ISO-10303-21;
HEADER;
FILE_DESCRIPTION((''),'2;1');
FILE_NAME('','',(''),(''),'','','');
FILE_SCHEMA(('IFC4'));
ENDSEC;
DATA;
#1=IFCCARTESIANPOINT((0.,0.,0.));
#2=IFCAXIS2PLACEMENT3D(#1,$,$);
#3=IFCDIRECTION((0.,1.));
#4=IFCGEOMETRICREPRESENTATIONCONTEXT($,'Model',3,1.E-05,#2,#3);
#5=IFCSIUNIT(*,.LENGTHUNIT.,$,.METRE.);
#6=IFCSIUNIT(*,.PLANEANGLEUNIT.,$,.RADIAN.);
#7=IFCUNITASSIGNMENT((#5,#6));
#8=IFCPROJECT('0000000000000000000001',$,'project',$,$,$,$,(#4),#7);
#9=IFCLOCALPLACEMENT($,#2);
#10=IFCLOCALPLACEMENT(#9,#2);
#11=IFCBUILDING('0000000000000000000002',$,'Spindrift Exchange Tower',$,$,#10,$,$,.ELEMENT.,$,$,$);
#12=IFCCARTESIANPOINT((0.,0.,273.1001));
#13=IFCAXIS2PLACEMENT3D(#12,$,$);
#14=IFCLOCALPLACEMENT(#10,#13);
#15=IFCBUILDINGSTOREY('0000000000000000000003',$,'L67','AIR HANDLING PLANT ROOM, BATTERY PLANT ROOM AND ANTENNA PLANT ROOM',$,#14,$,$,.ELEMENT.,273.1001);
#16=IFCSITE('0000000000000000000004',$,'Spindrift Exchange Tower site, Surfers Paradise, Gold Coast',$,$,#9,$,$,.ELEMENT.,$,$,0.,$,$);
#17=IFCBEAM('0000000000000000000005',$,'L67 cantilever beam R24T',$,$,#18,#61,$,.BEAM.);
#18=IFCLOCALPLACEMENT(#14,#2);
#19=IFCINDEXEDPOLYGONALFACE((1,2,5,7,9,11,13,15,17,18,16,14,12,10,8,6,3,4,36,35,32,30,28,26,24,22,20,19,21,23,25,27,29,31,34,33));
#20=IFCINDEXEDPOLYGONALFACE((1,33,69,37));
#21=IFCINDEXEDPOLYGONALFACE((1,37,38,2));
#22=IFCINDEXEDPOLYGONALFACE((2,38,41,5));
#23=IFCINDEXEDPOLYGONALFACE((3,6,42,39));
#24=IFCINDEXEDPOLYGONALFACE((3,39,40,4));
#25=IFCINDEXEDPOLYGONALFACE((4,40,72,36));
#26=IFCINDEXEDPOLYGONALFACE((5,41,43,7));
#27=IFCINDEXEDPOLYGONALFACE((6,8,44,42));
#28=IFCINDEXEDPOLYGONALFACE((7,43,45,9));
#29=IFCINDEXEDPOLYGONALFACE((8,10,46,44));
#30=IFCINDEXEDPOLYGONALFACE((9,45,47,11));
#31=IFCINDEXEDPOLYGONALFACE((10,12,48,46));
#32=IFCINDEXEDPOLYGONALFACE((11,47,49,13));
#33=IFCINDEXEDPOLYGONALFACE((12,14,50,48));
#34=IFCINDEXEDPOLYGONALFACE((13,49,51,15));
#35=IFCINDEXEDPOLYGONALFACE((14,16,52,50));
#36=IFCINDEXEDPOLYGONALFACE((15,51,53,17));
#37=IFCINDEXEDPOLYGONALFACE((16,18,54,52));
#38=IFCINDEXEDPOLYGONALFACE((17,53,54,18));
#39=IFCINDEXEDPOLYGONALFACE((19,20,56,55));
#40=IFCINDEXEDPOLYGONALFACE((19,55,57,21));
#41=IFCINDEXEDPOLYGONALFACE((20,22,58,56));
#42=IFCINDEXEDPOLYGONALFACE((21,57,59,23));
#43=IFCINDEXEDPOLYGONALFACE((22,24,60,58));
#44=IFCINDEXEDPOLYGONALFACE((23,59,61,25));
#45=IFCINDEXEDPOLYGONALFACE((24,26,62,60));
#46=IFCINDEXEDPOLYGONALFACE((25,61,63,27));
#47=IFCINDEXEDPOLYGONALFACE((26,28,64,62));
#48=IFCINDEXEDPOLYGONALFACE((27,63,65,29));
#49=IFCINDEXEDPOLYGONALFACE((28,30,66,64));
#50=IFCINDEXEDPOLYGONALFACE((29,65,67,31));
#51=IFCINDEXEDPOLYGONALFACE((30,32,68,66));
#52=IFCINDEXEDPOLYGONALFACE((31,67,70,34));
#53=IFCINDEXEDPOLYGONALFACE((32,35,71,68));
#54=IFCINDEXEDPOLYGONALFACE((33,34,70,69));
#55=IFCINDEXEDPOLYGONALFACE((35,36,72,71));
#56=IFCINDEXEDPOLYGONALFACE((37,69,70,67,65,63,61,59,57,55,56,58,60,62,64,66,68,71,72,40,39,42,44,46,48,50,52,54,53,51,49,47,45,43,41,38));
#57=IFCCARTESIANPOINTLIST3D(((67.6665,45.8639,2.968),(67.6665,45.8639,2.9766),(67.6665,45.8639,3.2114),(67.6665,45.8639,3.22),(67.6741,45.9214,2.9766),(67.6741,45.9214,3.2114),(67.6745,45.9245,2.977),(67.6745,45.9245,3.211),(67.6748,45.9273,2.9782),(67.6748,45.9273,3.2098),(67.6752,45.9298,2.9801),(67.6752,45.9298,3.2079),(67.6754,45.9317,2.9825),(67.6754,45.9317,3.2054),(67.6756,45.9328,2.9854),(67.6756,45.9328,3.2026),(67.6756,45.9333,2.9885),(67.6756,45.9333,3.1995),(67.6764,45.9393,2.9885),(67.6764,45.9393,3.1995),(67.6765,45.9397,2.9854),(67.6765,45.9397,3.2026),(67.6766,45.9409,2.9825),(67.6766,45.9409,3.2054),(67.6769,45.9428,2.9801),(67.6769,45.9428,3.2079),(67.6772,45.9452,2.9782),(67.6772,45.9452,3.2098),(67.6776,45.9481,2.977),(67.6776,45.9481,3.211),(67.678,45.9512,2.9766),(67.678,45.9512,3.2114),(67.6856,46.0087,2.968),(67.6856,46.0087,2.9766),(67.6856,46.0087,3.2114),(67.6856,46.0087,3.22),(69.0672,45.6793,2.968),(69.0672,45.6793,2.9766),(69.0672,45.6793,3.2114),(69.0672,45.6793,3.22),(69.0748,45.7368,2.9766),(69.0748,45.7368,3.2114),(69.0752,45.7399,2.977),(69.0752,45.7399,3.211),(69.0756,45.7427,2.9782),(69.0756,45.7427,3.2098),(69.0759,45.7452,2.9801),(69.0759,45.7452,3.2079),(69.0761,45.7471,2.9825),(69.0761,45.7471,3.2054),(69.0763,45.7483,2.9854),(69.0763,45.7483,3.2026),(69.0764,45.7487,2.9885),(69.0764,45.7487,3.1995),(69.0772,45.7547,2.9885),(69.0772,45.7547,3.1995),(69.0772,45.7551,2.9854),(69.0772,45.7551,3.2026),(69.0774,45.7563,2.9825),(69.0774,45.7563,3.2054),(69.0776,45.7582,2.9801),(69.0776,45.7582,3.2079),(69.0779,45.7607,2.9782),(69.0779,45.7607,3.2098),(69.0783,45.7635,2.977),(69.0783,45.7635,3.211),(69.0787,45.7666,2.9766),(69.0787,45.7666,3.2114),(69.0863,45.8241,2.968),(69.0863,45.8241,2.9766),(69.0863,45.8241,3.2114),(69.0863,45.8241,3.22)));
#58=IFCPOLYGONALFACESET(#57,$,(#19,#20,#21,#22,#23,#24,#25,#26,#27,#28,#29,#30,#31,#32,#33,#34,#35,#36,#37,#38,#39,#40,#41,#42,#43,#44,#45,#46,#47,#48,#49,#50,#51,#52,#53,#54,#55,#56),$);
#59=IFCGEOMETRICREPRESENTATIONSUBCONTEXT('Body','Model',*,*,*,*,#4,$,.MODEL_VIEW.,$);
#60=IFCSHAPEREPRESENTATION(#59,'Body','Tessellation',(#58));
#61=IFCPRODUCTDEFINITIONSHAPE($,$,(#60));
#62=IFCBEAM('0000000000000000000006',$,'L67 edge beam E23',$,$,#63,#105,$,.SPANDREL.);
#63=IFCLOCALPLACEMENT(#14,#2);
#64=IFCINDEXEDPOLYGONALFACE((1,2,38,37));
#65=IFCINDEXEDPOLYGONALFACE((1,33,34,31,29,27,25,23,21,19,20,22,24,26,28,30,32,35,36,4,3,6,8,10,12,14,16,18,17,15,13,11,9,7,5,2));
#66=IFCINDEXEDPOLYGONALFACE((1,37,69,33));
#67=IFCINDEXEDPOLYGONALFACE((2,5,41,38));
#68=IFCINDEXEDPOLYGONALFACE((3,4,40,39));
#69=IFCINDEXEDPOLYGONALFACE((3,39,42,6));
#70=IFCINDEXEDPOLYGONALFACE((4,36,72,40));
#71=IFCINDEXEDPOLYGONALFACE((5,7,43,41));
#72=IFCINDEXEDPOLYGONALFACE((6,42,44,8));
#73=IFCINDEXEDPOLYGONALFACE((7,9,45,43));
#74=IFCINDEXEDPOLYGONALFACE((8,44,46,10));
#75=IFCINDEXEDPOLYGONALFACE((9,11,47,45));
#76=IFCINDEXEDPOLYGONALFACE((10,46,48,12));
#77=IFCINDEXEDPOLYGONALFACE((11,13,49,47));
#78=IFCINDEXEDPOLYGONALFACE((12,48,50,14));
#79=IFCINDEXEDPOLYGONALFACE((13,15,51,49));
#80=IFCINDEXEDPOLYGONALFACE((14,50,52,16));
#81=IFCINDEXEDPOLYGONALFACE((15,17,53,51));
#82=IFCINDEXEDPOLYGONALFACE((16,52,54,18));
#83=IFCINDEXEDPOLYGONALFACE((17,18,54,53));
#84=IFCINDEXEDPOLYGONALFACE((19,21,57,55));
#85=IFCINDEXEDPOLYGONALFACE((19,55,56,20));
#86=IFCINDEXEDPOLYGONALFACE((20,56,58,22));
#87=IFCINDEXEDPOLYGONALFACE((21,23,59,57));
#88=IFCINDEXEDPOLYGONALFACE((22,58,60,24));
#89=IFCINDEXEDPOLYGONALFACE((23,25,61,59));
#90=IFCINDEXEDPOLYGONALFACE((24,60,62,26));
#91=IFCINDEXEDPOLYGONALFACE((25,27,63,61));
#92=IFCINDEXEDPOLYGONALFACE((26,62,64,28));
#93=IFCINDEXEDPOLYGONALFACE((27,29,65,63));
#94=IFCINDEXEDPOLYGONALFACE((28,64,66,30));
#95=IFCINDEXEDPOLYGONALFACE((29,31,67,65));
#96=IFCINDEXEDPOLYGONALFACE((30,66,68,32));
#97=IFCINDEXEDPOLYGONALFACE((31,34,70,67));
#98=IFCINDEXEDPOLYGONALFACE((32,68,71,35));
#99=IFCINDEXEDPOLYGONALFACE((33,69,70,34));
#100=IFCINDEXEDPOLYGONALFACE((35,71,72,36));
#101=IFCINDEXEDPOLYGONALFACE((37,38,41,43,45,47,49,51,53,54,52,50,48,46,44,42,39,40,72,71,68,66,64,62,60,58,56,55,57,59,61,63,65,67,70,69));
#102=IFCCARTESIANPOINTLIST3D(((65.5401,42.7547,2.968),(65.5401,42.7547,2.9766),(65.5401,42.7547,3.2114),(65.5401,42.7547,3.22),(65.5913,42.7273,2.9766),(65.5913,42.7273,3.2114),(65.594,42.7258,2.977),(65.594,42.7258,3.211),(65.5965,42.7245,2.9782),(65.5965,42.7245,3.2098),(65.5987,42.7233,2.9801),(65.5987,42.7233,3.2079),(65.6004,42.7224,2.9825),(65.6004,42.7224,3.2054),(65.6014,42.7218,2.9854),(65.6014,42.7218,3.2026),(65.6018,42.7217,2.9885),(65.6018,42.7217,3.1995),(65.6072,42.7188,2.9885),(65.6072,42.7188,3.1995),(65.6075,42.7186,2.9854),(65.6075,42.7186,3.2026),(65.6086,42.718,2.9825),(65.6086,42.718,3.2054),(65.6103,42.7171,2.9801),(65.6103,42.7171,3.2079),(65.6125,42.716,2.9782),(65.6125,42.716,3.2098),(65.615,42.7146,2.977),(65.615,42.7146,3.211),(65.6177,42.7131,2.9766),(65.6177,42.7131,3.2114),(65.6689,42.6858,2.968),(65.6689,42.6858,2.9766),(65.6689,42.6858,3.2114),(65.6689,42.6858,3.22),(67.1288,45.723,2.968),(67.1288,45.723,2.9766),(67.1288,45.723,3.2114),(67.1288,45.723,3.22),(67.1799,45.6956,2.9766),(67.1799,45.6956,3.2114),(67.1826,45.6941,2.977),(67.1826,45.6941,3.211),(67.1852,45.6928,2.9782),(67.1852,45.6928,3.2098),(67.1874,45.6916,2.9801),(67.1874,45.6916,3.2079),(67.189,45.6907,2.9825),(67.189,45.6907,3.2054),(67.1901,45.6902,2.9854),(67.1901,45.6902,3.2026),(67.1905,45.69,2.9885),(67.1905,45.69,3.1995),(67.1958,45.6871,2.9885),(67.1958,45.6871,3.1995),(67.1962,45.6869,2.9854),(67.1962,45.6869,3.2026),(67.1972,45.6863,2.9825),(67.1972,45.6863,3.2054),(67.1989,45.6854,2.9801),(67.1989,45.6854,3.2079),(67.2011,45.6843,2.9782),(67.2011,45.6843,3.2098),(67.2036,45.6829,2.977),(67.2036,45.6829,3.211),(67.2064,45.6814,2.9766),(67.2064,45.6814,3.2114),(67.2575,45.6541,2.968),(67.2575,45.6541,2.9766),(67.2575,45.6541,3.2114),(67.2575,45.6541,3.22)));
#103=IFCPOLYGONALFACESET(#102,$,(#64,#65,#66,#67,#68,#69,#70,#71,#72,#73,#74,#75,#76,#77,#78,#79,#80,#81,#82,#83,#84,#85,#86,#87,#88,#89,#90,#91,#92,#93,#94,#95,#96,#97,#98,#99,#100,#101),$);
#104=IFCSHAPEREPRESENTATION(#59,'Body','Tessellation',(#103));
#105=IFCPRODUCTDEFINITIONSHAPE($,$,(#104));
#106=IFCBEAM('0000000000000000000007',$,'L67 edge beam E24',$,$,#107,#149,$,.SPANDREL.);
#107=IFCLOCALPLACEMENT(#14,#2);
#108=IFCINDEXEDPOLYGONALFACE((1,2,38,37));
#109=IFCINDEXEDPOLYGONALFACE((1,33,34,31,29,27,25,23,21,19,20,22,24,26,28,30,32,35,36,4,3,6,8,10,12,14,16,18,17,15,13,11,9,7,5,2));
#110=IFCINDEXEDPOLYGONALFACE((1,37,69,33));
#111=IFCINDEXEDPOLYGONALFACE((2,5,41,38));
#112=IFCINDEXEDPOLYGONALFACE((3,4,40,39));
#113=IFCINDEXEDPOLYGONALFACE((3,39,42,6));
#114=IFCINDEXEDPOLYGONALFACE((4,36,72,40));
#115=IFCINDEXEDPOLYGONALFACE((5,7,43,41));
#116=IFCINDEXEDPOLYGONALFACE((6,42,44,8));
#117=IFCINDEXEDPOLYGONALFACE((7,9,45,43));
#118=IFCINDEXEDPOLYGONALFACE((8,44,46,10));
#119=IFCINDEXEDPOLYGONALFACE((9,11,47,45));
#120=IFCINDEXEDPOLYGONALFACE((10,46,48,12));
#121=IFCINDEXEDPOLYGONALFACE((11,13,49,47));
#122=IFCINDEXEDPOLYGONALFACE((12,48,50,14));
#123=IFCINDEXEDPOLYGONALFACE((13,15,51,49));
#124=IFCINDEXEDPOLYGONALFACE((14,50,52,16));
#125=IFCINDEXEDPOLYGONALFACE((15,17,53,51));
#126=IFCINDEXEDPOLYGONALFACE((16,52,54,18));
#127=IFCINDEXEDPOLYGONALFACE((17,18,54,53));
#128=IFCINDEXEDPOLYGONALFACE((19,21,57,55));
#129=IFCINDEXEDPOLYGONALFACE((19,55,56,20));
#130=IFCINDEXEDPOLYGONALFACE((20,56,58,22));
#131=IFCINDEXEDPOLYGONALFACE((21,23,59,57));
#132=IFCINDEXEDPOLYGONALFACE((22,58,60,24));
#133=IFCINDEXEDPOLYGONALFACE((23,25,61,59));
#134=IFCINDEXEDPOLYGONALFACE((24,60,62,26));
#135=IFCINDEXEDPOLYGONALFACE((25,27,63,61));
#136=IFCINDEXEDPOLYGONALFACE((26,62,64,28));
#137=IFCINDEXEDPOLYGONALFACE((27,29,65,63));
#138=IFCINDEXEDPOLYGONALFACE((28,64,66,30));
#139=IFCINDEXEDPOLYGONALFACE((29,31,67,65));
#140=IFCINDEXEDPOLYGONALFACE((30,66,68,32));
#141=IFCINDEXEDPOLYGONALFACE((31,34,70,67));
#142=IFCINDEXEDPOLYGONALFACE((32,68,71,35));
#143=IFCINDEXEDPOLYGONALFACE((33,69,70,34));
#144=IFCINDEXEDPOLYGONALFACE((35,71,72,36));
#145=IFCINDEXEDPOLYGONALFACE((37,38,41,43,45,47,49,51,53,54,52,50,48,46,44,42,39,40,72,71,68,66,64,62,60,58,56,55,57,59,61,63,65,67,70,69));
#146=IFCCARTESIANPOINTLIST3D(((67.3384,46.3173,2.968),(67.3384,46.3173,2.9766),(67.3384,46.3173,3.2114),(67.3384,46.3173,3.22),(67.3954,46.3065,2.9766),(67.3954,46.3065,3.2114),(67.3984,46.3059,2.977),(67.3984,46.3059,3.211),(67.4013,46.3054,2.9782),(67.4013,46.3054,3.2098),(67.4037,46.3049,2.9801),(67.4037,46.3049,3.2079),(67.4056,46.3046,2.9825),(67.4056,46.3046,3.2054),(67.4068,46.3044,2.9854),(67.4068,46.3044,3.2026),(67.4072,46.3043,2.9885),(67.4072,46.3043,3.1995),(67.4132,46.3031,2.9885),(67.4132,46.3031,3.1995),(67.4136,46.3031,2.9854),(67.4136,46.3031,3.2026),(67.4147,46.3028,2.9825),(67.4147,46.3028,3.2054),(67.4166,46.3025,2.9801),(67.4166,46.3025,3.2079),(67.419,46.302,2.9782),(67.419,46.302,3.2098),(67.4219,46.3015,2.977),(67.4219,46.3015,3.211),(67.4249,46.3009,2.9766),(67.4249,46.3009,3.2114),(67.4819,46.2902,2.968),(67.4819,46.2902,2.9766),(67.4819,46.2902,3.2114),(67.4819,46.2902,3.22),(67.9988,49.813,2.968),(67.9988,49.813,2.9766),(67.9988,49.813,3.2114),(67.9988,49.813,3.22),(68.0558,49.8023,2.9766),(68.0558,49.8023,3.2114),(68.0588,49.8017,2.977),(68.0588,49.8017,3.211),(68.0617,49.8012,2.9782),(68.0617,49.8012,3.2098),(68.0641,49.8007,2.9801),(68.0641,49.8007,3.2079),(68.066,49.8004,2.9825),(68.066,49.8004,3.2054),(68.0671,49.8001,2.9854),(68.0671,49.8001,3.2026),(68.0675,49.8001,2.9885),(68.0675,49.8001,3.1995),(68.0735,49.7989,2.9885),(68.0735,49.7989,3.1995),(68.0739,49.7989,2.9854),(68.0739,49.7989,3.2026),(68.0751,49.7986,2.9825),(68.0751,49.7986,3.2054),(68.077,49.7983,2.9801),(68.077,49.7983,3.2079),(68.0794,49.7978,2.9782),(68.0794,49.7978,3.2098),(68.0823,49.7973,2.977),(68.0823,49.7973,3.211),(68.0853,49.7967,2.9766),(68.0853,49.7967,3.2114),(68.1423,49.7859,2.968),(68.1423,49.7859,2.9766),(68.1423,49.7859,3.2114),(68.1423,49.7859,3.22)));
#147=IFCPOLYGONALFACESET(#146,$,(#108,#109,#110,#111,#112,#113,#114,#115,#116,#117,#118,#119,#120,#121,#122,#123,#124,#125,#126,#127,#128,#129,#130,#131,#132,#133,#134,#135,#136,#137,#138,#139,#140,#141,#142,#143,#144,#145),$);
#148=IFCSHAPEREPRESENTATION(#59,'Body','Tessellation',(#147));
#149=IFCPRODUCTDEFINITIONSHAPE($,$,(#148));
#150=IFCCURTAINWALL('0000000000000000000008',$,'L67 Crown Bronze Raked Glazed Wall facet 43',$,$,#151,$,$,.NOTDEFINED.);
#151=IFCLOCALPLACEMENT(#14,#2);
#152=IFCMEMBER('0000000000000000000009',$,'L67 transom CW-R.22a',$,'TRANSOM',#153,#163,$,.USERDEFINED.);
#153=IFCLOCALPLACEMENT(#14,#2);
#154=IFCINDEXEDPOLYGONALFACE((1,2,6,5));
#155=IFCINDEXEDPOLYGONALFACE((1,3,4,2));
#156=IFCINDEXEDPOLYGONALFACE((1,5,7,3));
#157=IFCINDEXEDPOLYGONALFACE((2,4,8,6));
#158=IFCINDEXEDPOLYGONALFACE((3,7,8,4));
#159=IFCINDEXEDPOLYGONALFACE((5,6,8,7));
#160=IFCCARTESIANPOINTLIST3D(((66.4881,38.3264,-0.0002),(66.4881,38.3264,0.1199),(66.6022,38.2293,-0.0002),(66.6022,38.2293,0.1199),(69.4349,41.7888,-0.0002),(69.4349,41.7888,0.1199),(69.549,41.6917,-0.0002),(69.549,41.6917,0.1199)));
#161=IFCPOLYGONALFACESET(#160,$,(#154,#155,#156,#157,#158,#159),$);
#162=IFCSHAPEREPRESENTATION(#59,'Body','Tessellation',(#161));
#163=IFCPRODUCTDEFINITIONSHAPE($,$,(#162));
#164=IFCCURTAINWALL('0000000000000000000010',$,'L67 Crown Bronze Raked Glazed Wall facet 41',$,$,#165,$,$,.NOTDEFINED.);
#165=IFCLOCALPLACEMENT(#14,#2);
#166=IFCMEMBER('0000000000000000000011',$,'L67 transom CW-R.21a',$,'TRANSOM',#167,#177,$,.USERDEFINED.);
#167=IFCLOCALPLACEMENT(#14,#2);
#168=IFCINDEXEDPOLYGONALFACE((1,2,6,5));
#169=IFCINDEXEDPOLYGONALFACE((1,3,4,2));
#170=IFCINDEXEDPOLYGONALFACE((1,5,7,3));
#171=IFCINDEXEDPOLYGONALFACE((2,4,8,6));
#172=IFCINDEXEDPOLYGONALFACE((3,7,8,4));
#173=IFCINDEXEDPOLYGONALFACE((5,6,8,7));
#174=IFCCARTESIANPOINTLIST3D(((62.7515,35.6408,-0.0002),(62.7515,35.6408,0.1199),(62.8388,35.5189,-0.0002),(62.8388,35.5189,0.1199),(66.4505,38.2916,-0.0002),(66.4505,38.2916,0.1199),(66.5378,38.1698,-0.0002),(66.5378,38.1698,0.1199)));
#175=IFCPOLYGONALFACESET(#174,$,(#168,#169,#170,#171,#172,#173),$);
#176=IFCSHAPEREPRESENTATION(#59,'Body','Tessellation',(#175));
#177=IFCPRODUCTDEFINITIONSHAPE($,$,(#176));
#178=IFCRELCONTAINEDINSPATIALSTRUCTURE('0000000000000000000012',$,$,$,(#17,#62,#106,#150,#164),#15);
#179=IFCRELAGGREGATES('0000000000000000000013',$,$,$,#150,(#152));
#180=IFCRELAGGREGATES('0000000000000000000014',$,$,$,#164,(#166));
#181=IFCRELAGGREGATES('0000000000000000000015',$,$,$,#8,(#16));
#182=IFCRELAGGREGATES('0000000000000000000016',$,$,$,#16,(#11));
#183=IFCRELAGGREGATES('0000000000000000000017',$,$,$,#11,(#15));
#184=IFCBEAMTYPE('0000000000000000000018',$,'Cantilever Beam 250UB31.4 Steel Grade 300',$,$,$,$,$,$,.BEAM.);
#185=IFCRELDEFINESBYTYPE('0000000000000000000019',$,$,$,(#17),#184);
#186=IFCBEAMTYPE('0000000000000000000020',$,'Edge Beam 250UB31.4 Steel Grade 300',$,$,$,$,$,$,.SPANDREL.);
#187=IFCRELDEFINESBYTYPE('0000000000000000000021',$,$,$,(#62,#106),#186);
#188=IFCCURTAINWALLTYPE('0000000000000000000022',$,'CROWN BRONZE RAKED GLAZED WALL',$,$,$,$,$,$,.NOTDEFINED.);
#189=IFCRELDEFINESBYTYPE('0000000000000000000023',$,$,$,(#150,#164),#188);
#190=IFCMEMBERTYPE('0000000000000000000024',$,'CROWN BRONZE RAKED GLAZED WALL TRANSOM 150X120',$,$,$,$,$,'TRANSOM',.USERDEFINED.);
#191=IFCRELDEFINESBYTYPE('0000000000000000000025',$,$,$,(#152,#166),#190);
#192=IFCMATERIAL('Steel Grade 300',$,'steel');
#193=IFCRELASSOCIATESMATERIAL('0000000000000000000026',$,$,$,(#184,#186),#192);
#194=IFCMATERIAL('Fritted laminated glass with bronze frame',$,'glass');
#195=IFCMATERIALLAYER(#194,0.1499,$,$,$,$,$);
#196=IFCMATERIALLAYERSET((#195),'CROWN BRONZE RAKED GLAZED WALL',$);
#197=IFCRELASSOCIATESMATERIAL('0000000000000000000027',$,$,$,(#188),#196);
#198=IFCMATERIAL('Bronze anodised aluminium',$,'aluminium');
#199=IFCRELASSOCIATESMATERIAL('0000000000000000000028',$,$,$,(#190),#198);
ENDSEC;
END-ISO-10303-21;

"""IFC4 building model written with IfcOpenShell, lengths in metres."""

from ifc_helpers import new_model, si_unit, direction, frame, origin, origin_2d, place, context, subcontext, project, spatial, rectangle, i_section, extrude, source, transform, mapped, material, layer, layer_set, material_profile, profile_set, type_object, element, aggregate, save


model = new_model("IFC4")

# Units and contexts
model_context = context("Model", 3, precision=1e-05, world=origin(), true_north=direction((0.0, 1.0)))
body_context = subcontext(model_context, "Body", "Model", "MODEL_VIEW")
ifc_project = project(units=[si_unit("LENGTHUNIT", "METRE"), si_unit("PLANEANGLEUNIT", "RADIAN")], contexts=[model_context])

# Site, building, storey
site_placement = place(None, origin())
site = spatial("IfcSite", under=ifc_project, at=site_placement, Name="Spindrift Exchange Tower site, Surfers Paradise, Gold Coast", CompositionType="ELEMENT", RefElevation=0.0)
building_placement = place(site_placement, origin())
building = spatial("IfcBuilding", under=site, at=building_placement, Name="Spindrift Exchange Tower", CompositionType="ELEMENT")
storey_placement = place(building_placement, frame((0.0, 0.0, 273.1001)))
storey = spatial("IfcBuildingStorey", under=building, at=storey_placement, Name="L67", Description="AIR HANDLING PLANT ROOM, BATTERY PLANT ROOM AND ANTENNA PLANT ROOM", CompositionType="ELEMENT", Elevation=273.1001)

# Beams
ifc_material_1 = material(Name="Steel Grade 300", Category="steel")
ifc_material_profile_1 = material_profile(ifc_material_1, i_section(OverallWidth=0.146, OverallDepth=0.252, WebThickness=0.0061, FlangeThickness=0.0085, FilletRadius=0.012, at=origin_2d()), Name="250UB31.4")
ifc_profile_set_1 = profile_set([ifc_material_profile_1], Name="Steel Grade 300")
beam_type_1 = type_object("IfcBeamType", Name="Cantilever Beam 250UB31.4 Steel Grade 300", PredefinedType="BEAM", material=ifc_profile_set_1)
shared_shape_1 = source(origin(), body_context, "Body", "SweptSolid", [
    extrude(i_section(OverallWidth=0.146, OverallDepth=0.252, WebThickness=0.0061, FlangeThickness=0.0085, FilletRadius=0.012, at=origin_2d()), origin(), (0.0, 0.0, 1.0), 1.4128),
])
beam_1_placement = place(storey_placement, frame((67.676, 45.9363, 3.094), z_axis=(0.991429, -0.130647, 0.0), x_axis=(0.130647, 0.991429, 0.0)))
element("IfcBeam", 1, at=beam_1_placement, inside=storey, type_object=beam_type_1, Name="L67 cantilever beam R24T", PredefinedType="BEAM", context=body_context, shape_type="MappedRepresentation", body=[
    mapped(shared_shape_1, transform((0.0, 0.0, 0.0), scale=1.0)),
])
ifc_material_profile_2 = material_profile(ifc_material_1, i_section(OverallWidth=0.146, OverallDepth=0.252, WebThickness=0.0061, FlangeThickness=0.0085, FilletRadius=0.012, at=origin_2d()), Name="250UB31.4")
ifc_profile_set_2 = profile_set([ifc_material_profile_2], Name="Steel Grade 300")
beam_type_2 = type_object("IfcBeamType", Name="Edge Beam 250UB31.4 Steel Grade 300", PredefinedType="SPANDREL", material=ifc_profile_set_2)
shared_shape_2 = source(origin(), body_context, "Body", "SweptSolid", [
    extrude(i_section(OverallWidth=0.146, OverallDepth=0.252, WebThickness=0.0061, FlangeThickness=0.0085, FilletRadius=0.012, at=origin_2d()), origin(), (0.0, 0.0, 1.0), 3.3667),
])
beam_2_placement = place(storey_placement, frame((65.6045, 42.7202, 3.094), z_axis=(0.471871, 0.881667, 0.0), x_axis=(-0.881667, 0.471871, 0.0)))
element("IfcBeam", 2, at=beam_2_placement, inside=storey, type_object=beam_type_2, Name="L67 edge beam E23", PredefinedType="SPANDREL", context=body_context, shape_type="MappedRepresentation", body=[
    mapped(shared_shape_2, transform((0.0, 0.0, 0.0), scale=1.0)),
])
shared_shape_3 = source(origin(), body_context, "Body", "SweptSolid", [
    extrude(i_section(OverallWidth=0.146, OverallDepth=0.252, WebThickness=0.0061, FlangeThickness=0.0085, FilletRadius=0.012, at=origin_2d()), origin(), (0.0, 0.0, 1.0), 3.5576),
])
beam_3_placement = place(storey_placement, frame((67.4102, 46.3037, 3.094), z_axis=(0.185627, 0.98262, 0.0), x_axis=(-0.98262, 0.185627, 0.0)))
element("IfcBeam", 3, at=beam_3_placement, inside=storey, type_object=beam_type_2, Name="L67 edge beam E24", PredefinedType="SPANDREL", context=body_context, shape_type="MappedRepresentation", body=[
    mapped(shared_shape_3, transform((0.0, 0.0, 0.0), scale=1.0)),
])

# Curtain walls, members
ifc_material_2 = material(Name="Fritted laminated glass with bronze frame", Category="glass")
ifc_layer_1 = layer(ifc_material_2, 0.1499)
ifc_layer_set_1 = layer_set([ifc_layer_1], Name="CROWN BRONZE RAKED GLAZED WALL")
curtain_wall_type = type_object("IfcCurtainWallType", Name="CROWN BRONZE RAKED GLAZED WALL", PredefinedType="NOTDEFINED", material=ifc_layer_set_1)
curtain_wall_1_placement = place(storey_placement, origin())
curtain_wall_1 = element("IfcCurtainWall", 4, at=curtain_wall_1_placement, inside=storey, type_object=curtain_wall_type, Name="L67 Crown Bronze Raked Glazed Wall facet 43", PredefinedType="NOTDEFINED")
ifc_material_3 = material(Name="Bronze anodised aluminium", Category="aluminium")
ifc_material_profile_3 = material_profile(ifc_material_3, rectangle(XDim=0.1499, YDim=0.1201, at=origin_2d()), Name="CROWN BRONZE RAKED GLAZED WALL TRANSOM 150X120")
ifc_profile_set_3 = profile_set([ifc_material_profile_3], Name="Bronze anodised aluminium")
member_type_1 = type_object("IfcMemberType", Name="CROWN BRONZE RAKED GLAZED WALL TRANSOM 150X120", ElementType="TRANSOM", PredefinedType="USERDEFINED", material=ifc_profile_set_3)
shared_shape_4 = source(origin(), body_context, "Body", "SweptSolid", [
    extrude(rectangle(XDim=0.1499, YDim=0.1201, at=origin_2d()), origin(), (0.0, 0.0, 1.0), 4.5466),
])
member_1_placement = place(storey_placement, frame((66.5452, 38.2778, 0.0598), z_axis=(0.648125, 0.761534, 0.0), x_axis=(-0.761534, 0.648125, 0.0)))
member_1 = element("IfcMember", 5, at=member_1_placement, type_object=member_type_1, Name="L67 transom CW-R.22a", ObjectType="TRANSOM", PredefinedType="USERDEFINED", context=body_context, shape_type="MappedRepresentation", body=[
    mapped(shared_shape_4, transform((0.0, 0.0, 0.0), scale=1.0)),
])
curtain_wall_2_placement = place(storey_placement, origin())
curtain_wall_2 = element("IfcCurtainWall", 6, at=curtain_wall_2_placement, inside=storey, type_object=curtain_wall_type, Name="L67 Crown Bronze Raked Glazed Wall facet 41", PredefinedType="NOTDEFINED")
shared_shape_5 = source(origin(), body_context, "Body", "SweptSolid", [
    extrude(rectangle(XDim=0.1499, YDim=0.1201, at=origin_2d()), origin(), (0.0, 0.0, 1.0), 4.5508),
])
member_2_placement = place(storey_placement, frame((62.7952, 35.5798, 0.0598), z_axis=(0.812823, 0.582511, 0.0), x_axis=(-0.582511, 0.812823, 0.0)))
member_2 = element("IfcMember", 7, at=member_2_placement, type_object=member_type_1, Name="L67 transom CW-R.21a", ObjectType="TRANSOM", PredefinedType="USERDEFINED", context=body_context, shape_type="MappedRepresentation", body=[
    mapped(shared_shape_5, transform((0.0, 0.0, 0.0), scale=1.0)),
])

aggregate(curtain_wall_1, [member_1])
aggregate(curtain_wall_2, [member_2])

save(model, "model.ifc")
